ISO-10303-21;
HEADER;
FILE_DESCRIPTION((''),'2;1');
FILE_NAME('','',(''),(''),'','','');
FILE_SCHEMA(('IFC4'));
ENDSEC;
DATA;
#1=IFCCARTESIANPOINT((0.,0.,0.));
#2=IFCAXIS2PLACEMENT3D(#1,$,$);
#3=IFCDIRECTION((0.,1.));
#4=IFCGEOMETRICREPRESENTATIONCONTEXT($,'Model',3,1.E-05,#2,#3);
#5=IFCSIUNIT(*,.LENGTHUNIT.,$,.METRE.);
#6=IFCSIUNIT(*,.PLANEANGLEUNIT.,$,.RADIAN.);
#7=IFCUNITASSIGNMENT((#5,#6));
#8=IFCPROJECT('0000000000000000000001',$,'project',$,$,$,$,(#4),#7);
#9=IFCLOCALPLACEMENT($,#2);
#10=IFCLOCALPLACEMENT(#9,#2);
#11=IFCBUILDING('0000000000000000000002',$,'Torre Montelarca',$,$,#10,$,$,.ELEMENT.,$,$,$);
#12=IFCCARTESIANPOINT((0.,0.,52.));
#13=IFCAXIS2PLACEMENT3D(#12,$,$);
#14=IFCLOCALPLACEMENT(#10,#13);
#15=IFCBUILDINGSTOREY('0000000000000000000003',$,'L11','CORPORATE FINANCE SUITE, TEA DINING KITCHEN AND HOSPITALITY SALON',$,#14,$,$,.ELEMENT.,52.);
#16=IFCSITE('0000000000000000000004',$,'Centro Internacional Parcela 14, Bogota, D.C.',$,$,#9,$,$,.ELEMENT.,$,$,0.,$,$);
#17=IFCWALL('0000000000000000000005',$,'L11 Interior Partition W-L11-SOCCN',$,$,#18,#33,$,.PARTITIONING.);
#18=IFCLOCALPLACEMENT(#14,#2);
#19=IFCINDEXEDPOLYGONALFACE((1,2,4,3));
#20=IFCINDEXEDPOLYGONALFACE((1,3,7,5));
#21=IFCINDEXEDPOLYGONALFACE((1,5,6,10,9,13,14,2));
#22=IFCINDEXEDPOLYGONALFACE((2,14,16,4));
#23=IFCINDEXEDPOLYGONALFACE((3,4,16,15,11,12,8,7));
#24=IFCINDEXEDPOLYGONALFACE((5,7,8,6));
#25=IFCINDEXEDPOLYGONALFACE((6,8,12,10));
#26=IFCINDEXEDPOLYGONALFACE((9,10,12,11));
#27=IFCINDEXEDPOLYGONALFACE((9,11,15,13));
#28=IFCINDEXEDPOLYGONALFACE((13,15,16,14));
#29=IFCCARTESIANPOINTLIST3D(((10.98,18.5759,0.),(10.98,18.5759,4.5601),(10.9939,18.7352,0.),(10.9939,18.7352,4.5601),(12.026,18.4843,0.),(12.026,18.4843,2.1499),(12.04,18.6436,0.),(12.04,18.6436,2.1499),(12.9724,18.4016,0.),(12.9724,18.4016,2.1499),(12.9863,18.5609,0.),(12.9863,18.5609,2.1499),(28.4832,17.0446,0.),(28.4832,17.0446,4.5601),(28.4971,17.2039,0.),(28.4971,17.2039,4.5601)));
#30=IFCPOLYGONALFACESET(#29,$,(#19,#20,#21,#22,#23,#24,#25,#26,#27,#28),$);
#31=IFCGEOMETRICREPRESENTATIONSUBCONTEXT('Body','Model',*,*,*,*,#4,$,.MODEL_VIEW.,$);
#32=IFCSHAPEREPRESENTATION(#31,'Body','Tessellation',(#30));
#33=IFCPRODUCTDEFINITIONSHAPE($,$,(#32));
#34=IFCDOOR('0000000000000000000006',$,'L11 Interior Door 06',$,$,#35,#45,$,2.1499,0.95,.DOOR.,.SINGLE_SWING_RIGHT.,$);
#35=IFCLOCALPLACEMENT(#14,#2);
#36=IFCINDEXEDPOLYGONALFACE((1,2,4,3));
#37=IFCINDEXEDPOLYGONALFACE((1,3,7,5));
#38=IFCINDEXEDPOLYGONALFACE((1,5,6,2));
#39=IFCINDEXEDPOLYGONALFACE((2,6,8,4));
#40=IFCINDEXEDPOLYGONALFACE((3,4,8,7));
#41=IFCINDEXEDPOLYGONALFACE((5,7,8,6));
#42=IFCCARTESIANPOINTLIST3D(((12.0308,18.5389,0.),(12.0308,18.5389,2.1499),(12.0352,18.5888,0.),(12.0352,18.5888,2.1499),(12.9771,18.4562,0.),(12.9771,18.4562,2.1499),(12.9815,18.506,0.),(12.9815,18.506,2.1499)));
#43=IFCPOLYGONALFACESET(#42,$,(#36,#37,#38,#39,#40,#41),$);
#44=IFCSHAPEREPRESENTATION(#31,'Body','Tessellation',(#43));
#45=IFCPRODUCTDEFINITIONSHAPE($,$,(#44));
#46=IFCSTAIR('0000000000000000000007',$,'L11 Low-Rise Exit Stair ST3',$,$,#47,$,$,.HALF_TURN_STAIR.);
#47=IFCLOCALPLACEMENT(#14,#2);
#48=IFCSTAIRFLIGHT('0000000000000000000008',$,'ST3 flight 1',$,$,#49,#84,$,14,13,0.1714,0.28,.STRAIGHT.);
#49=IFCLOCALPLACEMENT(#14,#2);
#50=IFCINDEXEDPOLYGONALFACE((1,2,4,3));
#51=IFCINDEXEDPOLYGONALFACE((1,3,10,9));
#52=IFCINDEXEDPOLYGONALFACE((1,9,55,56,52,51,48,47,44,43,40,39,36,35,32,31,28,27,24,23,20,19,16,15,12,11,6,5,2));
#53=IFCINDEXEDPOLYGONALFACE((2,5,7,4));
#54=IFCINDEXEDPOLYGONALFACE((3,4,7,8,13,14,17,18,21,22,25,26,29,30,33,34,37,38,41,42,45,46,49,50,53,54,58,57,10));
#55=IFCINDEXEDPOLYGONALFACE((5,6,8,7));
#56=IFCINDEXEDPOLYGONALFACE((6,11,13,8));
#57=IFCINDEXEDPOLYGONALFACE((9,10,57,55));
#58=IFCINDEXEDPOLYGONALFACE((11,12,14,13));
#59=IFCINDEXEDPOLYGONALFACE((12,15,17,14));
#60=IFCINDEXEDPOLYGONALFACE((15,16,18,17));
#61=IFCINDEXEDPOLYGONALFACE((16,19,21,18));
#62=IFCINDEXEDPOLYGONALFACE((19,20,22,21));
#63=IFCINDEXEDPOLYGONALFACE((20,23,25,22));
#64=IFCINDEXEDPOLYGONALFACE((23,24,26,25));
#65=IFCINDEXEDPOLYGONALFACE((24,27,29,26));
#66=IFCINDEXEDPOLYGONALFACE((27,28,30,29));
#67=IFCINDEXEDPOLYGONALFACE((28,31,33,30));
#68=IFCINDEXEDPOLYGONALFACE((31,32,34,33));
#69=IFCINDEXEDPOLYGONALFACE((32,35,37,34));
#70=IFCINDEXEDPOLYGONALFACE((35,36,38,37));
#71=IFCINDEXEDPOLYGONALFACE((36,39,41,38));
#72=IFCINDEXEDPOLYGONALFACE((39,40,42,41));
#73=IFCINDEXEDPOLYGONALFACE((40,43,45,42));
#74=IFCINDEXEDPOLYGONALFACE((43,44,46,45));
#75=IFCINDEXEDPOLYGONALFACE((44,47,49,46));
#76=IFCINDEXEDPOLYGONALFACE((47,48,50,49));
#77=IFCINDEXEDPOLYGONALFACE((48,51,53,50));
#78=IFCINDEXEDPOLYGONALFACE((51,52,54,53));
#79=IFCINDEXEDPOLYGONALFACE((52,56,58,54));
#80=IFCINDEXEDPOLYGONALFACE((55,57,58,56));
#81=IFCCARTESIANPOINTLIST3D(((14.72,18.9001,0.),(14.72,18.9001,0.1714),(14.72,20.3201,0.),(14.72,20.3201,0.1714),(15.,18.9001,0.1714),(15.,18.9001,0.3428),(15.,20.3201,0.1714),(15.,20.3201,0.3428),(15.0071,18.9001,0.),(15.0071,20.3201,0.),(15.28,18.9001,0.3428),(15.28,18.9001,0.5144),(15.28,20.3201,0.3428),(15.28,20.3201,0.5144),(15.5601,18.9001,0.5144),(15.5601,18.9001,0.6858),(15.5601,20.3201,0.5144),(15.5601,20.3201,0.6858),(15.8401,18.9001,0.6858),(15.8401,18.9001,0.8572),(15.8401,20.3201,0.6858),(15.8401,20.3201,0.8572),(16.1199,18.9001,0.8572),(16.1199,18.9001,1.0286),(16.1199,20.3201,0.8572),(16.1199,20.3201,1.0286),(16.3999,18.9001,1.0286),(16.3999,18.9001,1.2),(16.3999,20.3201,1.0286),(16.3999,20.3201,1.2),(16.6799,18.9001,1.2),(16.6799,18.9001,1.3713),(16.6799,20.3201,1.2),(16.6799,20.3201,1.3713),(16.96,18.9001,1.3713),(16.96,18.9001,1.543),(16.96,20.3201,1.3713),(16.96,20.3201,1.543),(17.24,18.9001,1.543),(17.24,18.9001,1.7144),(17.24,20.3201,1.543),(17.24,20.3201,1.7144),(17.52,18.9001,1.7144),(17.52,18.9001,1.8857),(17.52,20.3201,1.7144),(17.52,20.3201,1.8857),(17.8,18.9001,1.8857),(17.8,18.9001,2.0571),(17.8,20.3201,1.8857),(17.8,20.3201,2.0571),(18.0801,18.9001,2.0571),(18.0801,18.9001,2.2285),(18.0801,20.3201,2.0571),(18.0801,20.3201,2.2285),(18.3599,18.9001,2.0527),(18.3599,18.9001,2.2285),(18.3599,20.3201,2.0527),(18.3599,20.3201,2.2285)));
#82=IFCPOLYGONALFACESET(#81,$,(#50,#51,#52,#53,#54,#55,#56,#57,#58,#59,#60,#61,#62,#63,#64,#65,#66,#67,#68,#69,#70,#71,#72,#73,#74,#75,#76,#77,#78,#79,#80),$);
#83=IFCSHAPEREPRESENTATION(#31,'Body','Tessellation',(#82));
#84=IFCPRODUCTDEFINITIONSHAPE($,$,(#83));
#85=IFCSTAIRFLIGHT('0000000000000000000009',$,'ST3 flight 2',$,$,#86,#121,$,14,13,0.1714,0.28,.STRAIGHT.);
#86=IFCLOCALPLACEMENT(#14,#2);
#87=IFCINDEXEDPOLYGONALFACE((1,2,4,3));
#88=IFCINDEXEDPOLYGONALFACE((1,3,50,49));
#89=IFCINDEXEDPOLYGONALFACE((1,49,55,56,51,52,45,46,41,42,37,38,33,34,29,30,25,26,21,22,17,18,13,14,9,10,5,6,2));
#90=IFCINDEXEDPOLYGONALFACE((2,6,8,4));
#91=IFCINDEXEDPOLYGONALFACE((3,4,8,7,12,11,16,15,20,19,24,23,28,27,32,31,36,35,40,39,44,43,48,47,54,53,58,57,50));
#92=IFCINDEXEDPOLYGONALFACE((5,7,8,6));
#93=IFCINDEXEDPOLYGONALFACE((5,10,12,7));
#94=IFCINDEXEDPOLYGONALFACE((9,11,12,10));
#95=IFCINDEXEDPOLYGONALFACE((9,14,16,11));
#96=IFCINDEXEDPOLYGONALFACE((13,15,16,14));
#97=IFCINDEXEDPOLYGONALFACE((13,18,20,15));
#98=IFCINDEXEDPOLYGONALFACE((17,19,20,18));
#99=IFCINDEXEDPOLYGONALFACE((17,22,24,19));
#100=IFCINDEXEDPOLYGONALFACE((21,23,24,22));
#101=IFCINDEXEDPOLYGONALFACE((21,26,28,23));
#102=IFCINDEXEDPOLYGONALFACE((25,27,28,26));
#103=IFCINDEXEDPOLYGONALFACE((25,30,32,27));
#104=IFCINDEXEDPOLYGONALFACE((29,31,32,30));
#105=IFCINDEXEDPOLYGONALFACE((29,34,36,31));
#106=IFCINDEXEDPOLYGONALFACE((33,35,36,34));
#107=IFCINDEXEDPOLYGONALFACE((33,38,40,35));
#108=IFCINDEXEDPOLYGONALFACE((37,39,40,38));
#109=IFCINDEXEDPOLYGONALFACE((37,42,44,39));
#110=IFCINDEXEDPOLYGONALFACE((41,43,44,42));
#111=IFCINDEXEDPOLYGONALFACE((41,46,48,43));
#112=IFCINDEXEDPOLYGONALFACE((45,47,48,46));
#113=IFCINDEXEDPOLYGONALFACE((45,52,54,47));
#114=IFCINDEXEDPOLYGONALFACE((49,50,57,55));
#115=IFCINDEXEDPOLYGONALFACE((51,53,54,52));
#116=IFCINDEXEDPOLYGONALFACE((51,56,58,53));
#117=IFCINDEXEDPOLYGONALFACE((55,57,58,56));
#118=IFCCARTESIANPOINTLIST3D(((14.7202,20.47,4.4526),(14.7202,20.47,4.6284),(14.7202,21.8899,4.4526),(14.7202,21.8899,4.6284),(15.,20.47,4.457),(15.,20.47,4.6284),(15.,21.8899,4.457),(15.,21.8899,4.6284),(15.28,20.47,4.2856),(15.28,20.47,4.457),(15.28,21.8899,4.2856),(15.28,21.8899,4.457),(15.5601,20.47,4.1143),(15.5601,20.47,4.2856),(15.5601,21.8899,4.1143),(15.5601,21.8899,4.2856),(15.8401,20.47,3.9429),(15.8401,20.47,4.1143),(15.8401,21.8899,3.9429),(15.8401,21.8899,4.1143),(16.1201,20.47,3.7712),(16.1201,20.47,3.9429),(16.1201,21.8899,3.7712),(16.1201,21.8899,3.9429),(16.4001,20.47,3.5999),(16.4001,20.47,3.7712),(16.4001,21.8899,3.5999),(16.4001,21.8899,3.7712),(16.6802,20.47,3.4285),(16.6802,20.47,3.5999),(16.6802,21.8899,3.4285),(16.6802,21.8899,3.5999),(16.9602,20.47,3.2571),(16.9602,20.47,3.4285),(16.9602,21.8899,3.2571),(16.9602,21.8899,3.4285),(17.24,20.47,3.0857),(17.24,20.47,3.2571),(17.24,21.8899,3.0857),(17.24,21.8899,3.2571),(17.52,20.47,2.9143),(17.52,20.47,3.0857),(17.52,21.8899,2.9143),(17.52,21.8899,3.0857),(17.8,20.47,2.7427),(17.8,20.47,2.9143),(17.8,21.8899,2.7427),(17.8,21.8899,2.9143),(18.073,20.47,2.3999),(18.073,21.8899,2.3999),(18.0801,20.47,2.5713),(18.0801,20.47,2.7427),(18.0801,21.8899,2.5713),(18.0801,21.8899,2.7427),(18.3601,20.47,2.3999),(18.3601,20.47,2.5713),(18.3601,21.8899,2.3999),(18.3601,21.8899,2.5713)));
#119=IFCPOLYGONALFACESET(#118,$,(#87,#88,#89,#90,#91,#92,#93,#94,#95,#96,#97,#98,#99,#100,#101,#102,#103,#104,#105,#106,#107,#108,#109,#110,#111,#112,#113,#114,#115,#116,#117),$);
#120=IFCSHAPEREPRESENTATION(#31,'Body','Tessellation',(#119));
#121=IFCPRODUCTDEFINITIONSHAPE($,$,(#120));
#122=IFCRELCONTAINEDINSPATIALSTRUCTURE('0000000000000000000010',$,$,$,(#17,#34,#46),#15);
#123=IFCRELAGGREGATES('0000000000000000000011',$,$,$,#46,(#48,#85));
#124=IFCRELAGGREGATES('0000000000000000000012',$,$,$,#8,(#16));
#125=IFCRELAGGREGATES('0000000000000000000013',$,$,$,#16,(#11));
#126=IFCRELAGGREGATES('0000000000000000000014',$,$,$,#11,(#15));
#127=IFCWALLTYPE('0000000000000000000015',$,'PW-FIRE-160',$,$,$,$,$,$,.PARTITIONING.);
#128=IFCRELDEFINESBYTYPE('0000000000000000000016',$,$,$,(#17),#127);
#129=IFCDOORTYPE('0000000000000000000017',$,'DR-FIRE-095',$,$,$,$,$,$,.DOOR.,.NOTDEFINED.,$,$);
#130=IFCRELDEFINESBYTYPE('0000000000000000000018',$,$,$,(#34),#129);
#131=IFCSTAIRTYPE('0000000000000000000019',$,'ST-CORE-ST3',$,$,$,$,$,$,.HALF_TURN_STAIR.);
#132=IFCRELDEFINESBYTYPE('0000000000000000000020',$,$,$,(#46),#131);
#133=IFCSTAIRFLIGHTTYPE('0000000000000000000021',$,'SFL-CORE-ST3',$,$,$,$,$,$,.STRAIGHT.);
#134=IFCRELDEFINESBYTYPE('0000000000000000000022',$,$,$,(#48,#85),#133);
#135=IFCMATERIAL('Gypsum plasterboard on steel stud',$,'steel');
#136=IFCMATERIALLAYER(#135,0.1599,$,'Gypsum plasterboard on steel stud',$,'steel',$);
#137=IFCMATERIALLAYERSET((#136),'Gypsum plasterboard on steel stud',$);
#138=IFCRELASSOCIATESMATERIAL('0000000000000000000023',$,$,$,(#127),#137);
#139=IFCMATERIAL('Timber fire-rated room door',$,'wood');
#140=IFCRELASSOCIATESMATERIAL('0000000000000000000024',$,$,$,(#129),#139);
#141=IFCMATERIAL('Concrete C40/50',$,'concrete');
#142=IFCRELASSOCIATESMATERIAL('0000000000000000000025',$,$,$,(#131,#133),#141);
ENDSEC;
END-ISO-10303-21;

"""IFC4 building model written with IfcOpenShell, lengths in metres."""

from ifc_helpers import new_model, si_unit, direction, frame, frame_2d, origin, place, context, subcontext, project, spatial, polyline, rectangle, outline, extrude, source, transform, mapped, material, layer, layer_set, type_object, element, fill, aggregate, save


model = new_model("IFC4")

# Units and contexts
model_context = context("Model", 3, precision=1e-05, world=origin(), true_north=direction((0.0, 1.0)))
body_context = subcontext(model_context, "Body", "Model", "MODEL_VIEW")
ifc_project = project(units=[si_unit("LENGTHUNIT", "METRE"), si_unit("PLANEANGLEUNIT", "RADIAN")], contexts=[model_context])

# Site, building, storey
site_placement = place(None, origin())
site = spatial("IfcSite", under=ifc_project, at=site_placement, Name="Centro Internacional Parcela 14, Bogota, D.C.", CompositionType="ELEMENT", RefElevation=0.0)
building_placement = place(site_placement, origin())
building = spatial("IfcBuilding", under=site, at=building_placement, Name="Torre Montelarca", CompositionType="ELEMENT")
storey_placement = place(building_placement, frame((0.0, 0.0, 52.0)))
storey = spatial("IfcBuildingStorey", under=building, at=storey_placement, Name="L11", Description="CORPORATE FINANCE SUITE, TEA DINING KITCHEN AND HOSPITALITY SALON", CompositionType="ELEMENT", Elevation=52.0)

# Shared definitions
ifc_material_1 = material(Name="Concrete C40/50", Category="concrete")

# Wall, opening, door
ifc_material_2 = material(Name="Gypsum plasterboard on steel stud", Category="steel")
ifc_layer_1 = layer(ifc_material_2, 0.1599, Name="Gypsum plasterboard on steel stud", Category="steel")
ifc_layer_set_1 = layer_set([ifc_layer_1], Name="Gypsum plasterboard on steel stud")
wall_type_1 = type_object("IfcWallType", Name="PW-FIRE-160", PredefinedType="PARTITIONING", material=ifc_layer_set_1)
wall_1_placement = place(storey_placement, frame((10.9868, 18.6555, 0.0), z_axis=(0.0, 0.0, 1.0), x_axis=(0.996195, -0.087151, 0.0)))
wall_1 = element("IfcWall", 1, at=wall_1_placement, inside=storey, type_object=wall_type_1, Name="L11 Interior Partition W-L11-SOCCN", PredefinedType="PARTITIONING", context=body_context, shape_type="SweptSolid", body=[
    extrude(rectangle(XDim=17.5701, YDim=0.1599, at=frame_2d((8.7852, 0.0))), origin(), (0.0, 0.0, 1.0), 4.5601),
])
opening_1_placement = place(wall_1_placement, frame((1.05, 0.0, 0.0)))
opening_1 = element("IfcOpeningElement", 2, at=opening_1_placement, cuts=wall_1, PredefinedType="OPENING", context=body_context, shape_type="SweptSolid", body=[
    extrude(rectangle(XDim=0.95, YDim=2.1499, at=frame_2d((0.4751, 1.075))), frame((0.0, 0.0898, 0.0), z_axis=(0.0, -1.0, 0.0), x_axis=(1.0, 0.0, 0.0)), (0.0, 0.0, 1.0), 0.1799),
])
ifc_material_3 = material(Name="Timber fire-rated room door", Category="wood")
door_type_1 = type_object("IfcDoorType", Name="DR-FIRE-095", OperationType="NOTDEFINED", PredefinedType="DOOR", material=ifc_material_3)
shared_shape_1 = source(origin(), body_context, "Body", "SweptSolid", [
    extrude(rectangle(XDim=0.95, YDim=2.1499, at=frame_2d((0.4751, 1.075))), frame((0.0, 0.0249, 0.0), z_axis=(0.0, -1.0, 0.0), x_axis=(1.0, 0.0, 0.0)), (0.0, 0.0, 1.0), 0.05),
])
door_1_placement = place(opening_1_placement, origin())
door_1 = element("IfcDoor", 3, at=door_1_placement, inside=storey, type_object=door_type_1, Name="L11 Interior Door 06", OperationType="SINGLE_SWING_RIGHT", OverallHeight=2.1499, OverallWidth=0.95, PredefinedType="DOOR", context=body_context, shape_type="MappedRepresentation", body=[
    mapped(shared_shape_1, transform((0.0, 0.0, 0.0), scale=1.0)),
])
fill(opening_1, door_1)

# Stair, stair flights
stair_type = type_object("IfcStairType", Name="ST-CORE-ST3", PredefinedType="HALF_TURN_STAIR", material=ifc_material_1)
stair_placement = place(storey_placement, origin())
stair = element("IfcStair", 4, at=stair_placement, inside=storey, type_object=stair_type, Name="L11 Low-Rise Exit Stair ST3", PredefinedType="HALF_TURN_STAIR")
stair_flight_type = type_object("IfcStairFlightType", Name="SFL-CORE-ST3", PredefinedType="STRAIGHT", material=ifc_material_1)
stair_flight_1_placement = place(storey_placement, frame((14.72, 19.6101, 0.0), z_axis=(0.0, 0.0, 1.0), x_axis=(1.0, 0.0, 0.0)))
stair_flight_1 = element("IfcStairFlight", 5, at=stair_flight_1_placement, type_object=stair_flight_type, Name="ST3 flight 1", NumberOfRisers=14, NumberOfTreads=13, PredefinedType="STRAIGHT", RiserHeight=0.1714, TreadLength=0.28, context=body_context, shape_type="SweptSolid", body=[
    extrude(outline(polyline([(0.0, 0.0), (0.0, 0.1714), (0.28, 0.1714), (0.28, 0.3428), (0.5601, 0.3428), (0.5601, 0.5144), (0.8401, 0.5144), (0.8401, 0.6858), (1.1201, 0.6858), (1.1201, 0.8572), (1.3999, 0.8572), (1.3999, 1.0286), (1.6799, 1.0286), (1.6799, 1.2), (1.96, 1.2), (1.96, 1.3713), (2.24, 1.3713), (2.24, 1.543), (2.52, 1.543), (2.52, 1.7144), (2.8, 1.7144), (2.8, 1.8857), (3.0801, 1.8857), (3.0801, 2.0571), (3.3601, 2.0571), (3.3601, 2.2285), (3.6399, 2.2285), (3.6399, 2.3999), (3.6399, 2.0527), (0.2871, 0.0), (0.0, 0.0)])), frame((0.0, 0.71, 0.0), z_axis=(0.0, -1.0, 0.0), x_axis=(1.0, 0.0, 0.0)), (0.0, 0.0, 1.0), 1.4199),
])
stair_flight_2_placement = place(storey_placement, frame((18.3601, 21.1799, 2.3999), z_axis=(0.0, 0.0, 1.0), x_axis=(-1.0, 0.0, 0.0)))
stair_flight_2 = element("IfcStairFlight", 6, at=stair_flight_2_placement, type_object=stair_flight_type, Name="ST3 flight 2", NumberOfRisers=14, NumberOfTreads=13, PredefinedType="STRAIGHT", RiserHeight=0.1714, TreadLength=0.28, context=body_context, shape_type="SweptSolid", body=[
    extrude(outline(polyline([(0.0, 0.0), (0.0, 0.1714), (0.28, 0.1714), (0.28, 0.3428), (0.5601, 0.3428), (0.5601, 0.5144), (0.8401, 0.5144), (0.8401, 0.6858), (1.1201, 0.6858), (1.1201, 0.8572), (1.3999, 0.8572), (1.3999, 1.0286), (1.6799, 1.0286), (1.6799, 1.2), (1.96, 1.2), (1.96, 1.3713), (2.24, 1.3713), (2.24, 1.543), (2.52, 1.543), (2.52, 1.7144), (2.8, 1.7144), (2.8, 1.8857), (3.0801, 1.8857), (3.0801, 2.0571), (3.3601, 2.0571), (3.3601, 2.2285), (3.6399, 2.2285), (3.6399, 2.3999), (3.6399, 2.0527), (0.2871, 0.0), (0.0, 0.0)])), frame((0.0, 0.71, 0.0), z_axis=(0.0, -1.0, 0.0), x_axis=(1.0, 0.0, 0.0)), (0.0, 0.0, 1.0), 1.4199),
])
aggregate(stair, [stair_flight_1, stair_flight_2])

save(model, "model.ifc")
